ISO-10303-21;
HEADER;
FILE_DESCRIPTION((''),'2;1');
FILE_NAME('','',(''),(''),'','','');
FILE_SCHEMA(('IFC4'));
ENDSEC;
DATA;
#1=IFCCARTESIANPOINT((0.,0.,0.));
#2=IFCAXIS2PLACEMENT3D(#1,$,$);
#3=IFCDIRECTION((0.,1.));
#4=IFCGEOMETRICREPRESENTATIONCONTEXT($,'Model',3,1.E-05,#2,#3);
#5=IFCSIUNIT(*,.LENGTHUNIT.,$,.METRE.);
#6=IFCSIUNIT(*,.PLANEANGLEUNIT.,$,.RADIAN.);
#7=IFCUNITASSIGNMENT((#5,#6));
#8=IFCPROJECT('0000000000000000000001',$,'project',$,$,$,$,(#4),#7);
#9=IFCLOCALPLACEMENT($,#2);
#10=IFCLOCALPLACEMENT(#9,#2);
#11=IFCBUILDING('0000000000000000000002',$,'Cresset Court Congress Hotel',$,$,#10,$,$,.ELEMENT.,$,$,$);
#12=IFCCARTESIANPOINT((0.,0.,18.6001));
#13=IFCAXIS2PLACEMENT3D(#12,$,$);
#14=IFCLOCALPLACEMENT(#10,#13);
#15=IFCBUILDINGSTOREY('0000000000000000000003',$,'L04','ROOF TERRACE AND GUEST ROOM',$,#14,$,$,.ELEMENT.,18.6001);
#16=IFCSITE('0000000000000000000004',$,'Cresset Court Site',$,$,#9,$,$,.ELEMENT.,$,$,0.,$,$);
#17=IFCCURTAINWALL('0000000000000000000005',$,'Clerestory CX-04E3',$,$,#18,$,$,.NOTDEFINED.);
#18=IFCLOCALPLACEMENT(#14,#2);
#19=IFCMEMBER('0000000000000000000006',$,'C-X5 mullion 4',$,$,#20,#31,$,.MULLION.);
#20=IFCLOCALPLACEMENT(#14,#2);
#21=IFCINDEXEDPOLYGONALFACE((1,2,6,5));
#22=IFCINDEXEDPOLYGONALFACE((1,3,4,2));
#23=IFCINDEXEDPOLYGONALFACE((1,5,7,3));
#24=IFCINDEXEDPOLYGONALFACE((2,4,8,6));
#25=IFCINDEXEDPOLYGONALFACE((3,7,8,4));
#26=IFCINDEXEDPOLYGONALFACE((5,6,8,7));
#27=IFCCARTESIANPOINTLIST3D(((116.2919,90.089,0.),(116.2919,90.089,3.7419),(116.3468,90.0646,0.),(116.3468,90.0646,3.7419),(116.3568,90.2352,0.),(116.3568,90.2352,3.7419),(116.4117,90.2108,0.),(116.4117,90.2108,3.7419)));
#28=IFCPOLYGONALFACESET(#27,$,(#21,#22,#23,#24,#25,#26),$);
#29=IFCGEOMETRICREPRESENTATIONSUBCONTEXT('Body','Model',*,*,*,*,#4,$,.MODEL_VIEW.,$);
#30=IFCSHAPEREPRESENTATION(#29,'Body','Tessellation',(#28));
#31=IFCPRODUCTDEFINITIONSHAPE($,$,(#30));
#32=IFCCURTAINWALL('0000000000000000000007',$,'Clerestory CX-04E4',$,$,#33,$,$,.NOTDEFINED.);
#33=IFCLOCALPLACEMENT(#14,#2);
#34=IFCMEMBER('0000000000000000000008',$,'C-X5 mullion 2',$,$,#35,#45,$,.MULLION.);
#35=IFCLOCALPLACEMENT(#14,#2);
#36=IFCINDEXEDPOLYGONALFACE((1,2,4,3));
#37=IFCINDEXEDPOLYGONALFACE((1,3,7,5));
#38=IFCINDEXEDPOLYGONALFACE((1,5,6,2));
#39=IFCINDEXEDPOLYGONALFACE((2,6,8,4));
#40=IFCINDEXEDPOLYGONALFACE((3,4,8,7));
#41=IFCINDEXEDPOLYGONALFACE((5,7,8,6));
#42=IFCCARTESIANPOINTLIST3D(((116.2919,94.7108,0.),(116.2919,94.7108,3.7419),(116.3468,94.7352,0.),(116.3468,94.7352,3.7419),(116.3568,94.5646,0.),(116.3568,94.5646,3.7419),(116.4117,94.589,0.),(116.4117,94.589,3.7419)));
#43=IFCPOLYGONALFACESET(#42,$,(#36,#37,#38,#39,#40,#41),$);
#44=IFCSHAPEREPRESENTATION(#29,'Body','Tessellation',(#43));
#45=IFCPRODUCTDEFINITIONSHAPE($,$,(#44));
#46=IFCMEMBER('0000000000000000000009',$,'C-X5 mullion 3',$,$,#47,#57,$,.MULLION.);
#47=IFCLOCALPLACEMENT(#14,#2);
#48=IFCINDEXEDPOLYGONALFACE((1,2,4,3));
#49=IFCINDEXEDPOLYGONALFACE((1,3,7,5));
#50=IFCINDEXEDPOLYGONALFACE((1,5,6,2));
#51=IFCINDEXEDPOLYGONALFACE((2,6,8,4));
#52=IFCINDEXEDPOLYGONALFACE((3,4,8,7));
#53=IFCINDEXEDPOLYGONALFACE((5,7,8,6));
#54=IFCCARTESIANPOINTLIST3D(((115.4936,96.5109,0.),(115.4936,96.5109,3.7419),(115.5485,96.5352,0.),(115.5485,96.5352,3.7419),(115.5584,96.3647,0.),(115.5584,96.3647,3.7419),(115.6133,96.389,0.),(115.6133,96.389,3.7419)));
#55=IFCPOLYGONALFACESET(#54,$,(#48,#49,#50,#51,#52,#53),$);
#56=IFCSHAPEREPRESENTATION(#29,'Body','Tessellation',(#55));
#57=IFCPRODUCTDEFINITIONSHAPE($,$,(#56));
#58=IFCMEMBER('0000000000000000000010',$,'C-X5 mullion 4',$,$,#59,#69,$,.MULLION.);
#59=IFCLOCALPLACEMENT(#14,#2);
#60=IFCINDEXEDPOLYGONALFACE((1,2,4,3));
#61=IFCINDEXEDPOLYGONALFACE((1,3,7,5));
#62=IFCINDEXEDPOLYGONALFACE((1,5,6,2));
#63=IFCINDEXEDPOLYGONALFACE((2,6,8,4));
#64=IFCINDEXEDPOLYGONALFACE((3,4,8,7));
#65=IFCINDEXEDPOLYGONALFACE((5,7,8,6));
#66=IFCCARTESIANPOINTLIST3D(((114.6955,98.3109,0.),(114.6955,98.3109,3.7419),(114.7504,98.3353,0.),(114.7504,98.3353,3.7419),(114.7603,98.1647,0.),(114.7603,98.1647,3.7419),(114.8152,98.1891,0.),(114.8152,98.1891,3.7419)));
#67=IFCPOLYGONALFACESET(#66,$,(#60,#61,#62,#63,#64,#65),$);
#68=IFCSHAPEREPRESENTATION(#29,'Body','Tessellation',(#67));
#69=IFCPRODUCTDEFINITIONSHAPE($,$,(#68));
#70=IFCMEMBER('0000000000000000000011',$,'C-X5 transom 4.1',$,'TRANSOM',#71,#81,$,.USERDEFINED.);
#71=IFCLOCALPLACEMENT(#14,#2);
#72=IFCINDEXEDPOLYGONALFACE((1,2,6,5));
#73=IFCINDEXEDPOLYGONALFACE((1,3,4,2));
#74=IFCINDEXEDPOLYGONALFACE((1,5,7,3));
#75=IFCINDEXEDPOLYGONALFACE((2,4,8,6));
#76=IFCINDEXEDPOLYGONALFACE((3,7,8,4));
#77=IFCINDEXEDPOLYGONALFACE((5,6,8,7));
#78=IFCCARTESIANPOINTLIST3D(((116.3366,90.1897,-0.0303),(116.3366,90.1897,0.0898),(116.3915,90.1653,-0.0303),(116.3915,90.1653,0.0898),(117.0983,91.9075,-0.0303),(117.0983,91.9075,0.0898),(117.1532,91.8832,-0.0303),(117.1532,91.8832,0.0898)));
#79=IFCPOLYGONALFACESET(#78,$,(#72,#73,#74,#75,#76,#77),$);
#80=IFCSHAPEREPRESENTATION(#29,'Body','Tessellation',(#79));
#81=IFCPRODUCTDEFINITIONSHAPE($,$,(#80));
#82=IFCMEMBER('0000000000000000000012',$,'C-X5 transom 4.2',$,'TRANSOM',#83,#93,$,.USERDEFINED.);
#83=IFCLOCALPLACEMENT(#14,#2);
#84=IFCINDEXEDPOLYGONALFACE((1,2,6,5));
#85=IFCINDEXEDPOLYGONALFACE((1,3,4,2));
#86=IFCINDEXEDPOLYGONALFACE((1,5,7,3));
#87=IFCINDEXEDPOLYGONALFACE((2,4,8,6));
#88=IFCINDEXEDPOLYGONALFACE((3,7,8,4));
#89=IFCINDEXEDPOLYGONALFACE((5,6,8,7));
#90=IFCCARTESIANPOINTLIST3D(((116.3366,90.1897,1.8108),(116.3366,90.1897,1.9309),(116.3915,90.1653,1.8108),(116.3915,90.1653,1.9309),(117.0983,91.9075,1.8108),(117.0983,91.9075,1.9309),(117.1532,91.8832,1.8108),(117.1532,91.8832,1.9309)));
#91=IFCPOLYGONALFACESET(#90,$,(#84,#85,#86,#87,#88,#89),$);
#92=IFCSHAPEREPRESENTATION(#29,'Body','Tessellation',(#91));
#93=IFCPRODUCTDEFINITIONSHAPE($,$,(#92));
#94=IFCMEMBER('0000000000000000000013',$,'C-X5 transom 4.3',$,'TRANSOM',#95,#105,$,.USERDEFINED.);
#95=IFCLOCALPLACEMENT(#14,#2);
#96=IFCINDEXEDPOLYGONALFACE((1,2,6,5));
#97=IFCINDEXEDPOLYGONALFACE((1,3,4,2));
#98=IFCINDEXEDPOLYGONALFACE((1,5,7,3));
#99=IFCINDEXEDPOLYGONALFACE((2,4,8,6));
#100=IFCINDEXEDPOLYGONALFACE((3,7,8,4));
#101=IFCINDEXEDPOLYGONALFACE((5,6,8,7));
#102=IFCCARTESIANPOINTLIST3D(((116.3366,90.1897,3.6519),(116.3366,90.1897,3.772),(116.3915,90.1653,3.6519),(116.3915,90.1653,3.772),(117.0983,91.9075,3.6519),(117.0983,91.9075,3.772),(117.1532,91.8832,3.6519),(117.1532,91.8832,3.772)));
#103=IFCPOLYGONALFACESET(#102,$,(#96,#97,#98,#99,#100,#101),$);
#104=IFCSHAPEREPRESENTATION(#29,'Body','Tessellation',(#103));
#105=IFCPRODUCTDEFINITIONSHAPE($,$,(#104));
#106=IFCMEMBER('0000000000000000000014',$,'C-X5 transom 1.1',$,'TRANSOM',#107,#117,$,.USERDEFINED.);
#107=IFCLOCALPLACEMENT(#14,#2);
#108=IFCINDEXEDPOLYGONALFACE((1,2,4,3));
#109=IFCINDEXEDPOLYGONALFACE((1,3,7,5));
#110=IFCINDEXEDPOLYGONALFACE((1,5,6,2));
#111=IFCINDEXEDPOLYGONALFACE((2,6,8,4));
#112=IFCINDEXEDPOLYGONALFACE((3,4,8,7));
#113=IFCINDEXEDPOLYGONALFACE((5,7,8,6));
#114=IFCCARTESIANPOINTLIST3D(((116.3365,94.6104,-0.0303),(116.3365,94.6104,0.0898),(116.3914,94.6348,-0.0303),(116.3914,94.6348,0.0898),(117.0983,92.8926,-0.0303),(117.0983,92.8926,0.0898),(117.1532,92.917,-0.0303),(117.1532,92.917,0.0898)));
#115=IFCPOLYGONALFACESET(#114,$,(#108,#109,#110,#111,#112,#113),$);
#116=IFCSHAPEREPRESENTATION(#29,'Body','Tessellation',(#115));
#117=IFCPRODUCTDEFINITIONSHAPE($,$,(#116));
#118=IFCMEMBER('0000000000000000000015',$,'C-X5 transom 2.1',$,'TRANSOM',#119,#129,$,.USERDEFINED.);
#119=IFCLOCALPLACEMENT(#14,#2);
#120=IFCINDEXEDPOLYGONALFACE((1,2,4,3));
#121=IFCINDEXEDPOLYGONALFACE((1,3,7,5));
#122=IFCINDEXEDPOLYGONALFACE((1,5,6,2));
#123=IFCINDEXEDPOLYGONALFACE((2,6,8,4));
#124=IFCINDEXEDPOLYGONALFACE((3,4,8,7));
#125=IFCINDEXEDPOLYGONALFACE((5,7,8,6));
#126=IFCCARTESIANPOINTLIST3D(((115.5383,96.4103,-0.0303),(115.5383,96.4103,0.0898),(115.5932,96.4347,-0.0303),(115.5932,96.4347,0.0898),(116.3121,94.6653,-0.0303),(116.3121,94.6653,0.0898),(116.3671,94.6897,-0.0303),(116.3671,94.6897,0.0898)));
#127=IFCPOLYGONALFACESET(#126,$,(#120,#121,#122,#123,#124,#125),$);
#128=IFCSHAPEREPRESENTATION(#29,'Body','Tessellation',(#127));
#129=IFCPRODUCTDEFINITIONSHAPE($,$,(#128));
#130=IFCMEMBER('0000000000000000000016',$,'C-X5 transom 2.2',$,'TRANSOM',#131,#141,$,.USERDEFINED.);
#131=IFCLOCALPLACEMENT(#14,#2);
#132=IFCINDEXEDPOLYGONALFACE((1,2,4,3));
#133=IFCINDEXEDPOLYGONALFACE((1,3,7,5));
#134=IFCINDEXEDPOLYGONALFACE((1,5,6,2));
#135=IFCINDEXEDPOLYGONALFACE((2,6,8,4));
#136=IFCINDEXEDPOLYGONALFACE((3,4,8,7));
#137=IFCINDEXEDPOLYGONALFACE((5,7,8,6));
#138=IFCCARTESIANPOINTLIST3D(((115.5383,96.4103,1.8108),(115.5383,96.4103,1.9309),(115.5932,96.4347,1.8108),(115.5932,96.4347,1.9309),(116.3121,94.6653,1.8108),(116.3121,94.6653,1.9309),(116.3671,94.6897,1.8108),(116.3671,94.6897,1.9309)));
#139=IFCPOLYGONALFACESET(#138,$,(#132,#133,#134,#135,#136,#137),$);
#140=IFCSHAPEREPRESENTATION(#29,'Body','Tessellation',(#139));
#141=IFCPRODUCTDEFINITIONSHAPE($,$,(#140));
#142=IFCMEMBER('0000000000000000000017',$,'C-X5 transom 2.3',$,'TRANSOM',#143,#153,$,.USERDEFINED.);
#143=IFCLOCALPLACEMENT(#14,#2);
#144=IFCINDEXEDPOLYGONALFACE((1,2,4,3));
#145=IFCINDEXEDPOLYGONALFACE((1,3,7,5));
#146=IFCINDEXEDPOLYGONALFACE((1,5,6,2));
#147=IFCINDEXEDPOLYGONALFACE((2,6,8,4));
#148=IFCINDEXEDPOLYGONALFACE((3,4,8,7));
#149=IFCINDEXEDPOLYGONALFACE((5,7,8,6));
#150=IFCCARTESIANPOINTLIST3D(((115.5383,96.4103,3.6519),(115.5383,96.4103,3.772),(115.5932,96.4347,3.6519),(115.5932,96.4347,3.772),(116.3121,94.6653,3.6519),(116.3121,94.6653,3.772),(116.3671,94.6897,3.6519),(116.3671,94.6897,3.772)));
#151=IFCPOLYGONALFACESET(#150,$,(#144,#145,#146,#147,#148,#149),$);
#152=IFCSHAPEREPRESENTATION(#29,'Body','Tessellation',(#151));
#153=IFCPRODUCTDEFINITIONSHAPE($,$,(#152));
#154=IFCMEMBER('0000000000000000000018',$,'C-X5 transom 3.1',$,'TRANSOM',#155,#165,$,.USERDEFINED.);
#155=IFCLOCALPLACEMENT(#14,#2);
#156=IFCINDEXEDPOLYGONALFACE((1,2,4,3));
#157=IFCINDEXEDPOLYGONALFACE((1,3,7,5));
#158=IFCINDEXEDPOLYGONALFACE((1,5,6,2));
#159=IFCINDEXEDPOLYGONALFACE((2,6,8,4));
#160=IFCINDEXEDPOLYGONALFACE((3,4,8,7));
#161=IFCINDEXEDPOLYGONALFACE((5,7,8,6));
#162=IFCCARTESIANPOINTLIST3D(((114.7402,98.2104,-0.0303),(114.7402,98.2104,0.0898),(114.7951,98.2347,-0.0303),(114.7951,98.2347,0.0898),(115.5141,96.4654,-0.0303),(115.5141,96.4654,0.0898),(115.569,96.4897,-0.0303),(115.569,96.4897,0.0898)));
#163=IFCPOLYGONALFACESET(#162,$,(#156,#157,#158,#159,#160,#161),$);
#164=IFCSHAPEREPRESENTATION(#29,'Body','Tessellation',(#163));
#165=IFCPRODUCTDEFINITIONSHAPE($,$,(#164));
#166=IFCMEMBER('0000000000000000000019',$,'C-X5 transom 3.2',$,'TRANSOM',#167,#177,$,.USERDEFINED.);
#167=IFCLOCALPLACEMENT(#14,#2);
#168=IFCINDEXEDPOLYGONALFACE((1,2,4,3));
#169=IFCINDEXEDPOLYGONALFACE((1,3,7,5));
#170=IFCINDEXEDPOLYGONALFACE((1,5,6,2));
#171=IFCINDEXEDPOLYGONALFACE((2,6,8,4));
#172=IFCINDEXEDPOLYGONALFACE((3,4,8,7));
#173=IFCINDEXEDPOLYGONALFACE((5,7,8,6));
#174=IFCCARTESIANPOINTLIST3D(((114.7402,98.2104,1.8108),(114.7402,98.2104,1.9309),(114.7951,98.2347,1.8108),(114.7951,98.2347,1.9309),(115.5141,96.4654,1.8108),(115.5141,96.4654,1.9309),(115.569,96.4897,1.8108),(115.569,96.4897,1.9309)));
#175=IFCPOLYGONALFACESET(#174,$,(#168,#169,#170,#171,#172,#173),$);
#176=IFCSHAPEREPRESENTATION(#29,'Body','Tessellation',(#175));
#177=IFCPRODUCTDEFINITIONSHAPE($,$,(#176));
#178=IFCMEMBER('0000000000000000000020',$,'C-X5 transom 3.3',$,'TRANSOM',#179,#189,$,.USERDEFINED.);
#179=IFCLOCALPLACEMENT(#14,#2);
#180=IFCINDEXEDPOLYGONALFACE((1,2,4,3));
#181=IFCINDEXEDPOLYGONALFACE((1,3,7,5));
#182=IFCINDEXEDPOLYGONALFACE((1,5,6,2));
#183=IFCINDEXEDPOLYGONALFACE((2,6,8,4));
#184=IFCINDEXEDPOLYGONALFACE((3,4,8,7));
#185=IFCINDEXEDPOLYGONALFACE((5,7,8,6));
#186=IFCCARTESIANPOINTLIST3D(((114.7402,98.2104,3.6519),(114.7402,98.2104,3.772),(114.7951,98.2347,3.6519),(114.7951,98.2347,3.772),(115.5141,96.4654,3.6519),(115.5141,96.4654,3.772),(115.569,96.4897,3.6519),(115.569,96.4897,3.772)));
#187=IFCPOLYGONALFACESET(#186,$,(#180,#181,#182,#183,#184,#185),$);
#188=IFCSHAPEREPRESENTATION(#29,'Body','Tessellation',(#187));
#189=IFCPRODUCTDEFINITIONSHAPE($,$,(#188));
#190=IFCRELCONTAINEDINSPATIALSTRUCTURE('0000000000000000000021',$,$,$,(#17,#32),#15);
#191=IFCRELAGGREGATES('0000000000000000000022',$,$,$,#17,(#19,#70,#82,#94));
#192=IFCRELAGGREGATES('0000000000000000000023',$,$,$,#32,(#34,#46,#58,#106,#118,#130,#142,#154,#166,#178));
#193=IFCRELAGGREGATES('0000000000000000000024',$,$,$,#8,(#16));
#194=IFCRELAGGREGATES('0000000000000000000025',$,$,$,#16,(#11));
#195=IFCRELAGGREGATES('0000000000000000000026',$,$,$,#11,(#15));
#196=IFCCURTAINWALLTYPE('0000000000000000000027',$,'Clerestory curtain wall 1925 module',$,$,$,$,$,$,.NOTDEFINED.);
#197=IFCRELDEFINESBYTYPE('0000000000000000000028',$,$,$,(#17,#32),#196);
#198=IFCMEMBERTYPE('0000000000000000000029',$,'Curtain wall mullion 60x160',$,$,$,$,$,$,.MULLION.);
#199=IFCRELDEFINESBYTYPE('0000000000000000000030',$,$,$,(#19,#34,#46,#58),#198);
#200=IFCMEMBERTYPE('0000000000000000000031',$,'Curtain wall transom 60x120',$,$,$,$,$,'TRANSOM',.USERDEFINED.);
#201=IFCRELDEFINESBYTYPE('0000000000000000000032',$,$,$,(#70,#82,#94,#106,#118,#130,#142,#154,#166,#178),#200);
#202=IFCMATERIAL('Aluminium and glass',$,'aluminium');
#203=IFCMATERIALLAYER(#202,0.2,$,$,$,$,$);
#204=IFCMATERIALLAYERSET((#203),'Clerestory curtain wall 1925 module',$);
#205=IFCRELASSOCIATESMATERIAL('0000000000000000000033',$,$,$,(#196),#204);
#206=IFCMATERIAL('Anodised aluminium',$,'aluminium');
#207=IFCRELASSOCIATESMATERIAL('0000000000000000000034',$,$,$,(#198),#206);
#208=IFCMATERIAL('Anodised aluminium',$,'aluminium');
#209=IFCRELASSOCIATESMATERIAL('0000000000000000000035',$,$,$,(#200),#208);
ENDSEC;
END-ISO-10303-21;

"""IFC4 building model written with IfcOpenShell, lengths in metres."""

from ifc_helpers import new_model, si_unit, direction, frame, origin, origin_2d, place, context, subcontext, project, spatial, rectangle, extrude, material, layer, layer_set, material_profile, profile_set, type_object, element, aggregate, save


model = new_model("IFC4")

# Units and contexts
model_context = context("Model", 3, precision=1e-05, world=origin(), true_north=direction((0.0, 1.0)))
body_context = subcontext(model_context, "Body", "Model", "MODEL_VIEW")
ifc_project = project(units=[si_unit("LENGTHUNIT", "METRE"), si_unit("PLANEANGLEUNIT", "RADIAN")], contexts=[model_context])

# Site, building, storey
site_placement = place(None, origin())
site = spatial("IfcSite", under=ifc_project, at=site_placement, Name="Cresset Court Site", CompositionType="ELEMENT", RefElevation=0.0)
building_placement = place(site_placement, origin())
building = spatial("IfcBuilding", under=site, at=building_placement, Name="Cresset Court Congress Hotel", CompositionType="ELEMENT")
storey_placement = place(building_placement, frame((0.0, 0.0, 18.6001)))
storey = spatial("IfcBuildingStorey", under=building, at=storey_placement, Name="L04", Description="ROOF TERRACE AND GUEST ROOM", CompositionType="ELEMENT", Elevation=18.6001)

# Curtain wall, member
ifc_material_1 = material(Name="Aluminium and glass", Category="aluminium")
ifc_layer_1 = layer(ifc_material_1, 0.2)
ifc_layer_set_1 = layer_set([ifc_layer_1], Name="Clerestory curtain wall 1925 module")
curtain_wall_type = type_object("IfcCurtainWallType", Name="Clerestory curtain wall 1925 module", PredefinedType="NOTDEFINED", material=ifc_layer_set_1)
curtain_wall_1_placement = place(storey_placement, origin())
curtain_wall_1 = element("IfcCurtainWall", 1, at=curtain_wall_1_placement, inside=storey, type_object=curtain_wall_type, Name="Clerestory CX-04E3", PredefinedType="NOTDEFINED")
ifc_material_2 = material(Name="Anodised aluminium", Category="aluminium")
ifc_material_profile_1 = material_profile(ifc_material_2, rectangle(XDim=0.0601, YDim=0.1599, at=origin_2d()), Name="AL60x160")
ifc_profile_set_1 = profile_set([ifc_material_profile_1], Name="Anodised aluminium")
member_type_1 = type_object("IfcMemberType", Name="Curtain wall mullion 60x160", PredefinedType="MULLION", material=ifc_profile_set_1)
member_1_placement = place(storey_placement, frame((116.3518, 90.1499, 0.0), z_axis=(0.0, 0.0, 1.0), x_axis=(-0.914148, 0.405381, 0.0)))
member_1 = element("IfcMember", 2, at=member_1_placement, type_object=member_type_1, Name="C-X5 mullion 4", PredefinedType="MULLION", context=body_context, shape_type="SweptSolid", body=[
    extrude(rectangle(XDim=0.0601, YDim=0.1599, at=origin_2d()), origin(), (0.0, 0.0, 1.0), 3.7419),
])

# Curtain wall, members
curtain_wall_2_placement = place(storey_placement, origin())
curtain_wall_2 = element("IfcCurtainWall", 3, at=curtain_wall_2_placement, inside=storey, type_object=curtain_wall_type, Name="Clerestory CX-04E4", PredefinedType="NOTDEFINED")
member_2_placement = place(storey_placement, frame((116.3518, 94.6499, 0.0), z_axis=(0.0, 0.0, 1.0), x_axis=(-0.914148, -0.405381, 0.0)))
member_2 = element("IfcMember", 4, at=member_2_placement, type_object=member_type_1, Name="C-X5 mullion 2", PredefinedType="MULLION", context=body_context, shape_type="SweptSolid", body=[
    extrude(rectangle(XDim=0.0601, YDim=0.1599, at=origin_2d()), origin(), (0.0, 0.0, 1.0), 3.7419),
])
member_3_placement = place(storey_placement, frame((115.5535, 96.45, 0.0), z_axis=(0.0, 0.0, 1.0), x_axis=(-0.914148, -0.405381, 0.0)))
member_3 = element("IfcMember", 5, at=member_3_placement, type_object=member_type_1, Name="C-X5 mullion 3", PredefinedType="MULLION", context=body_context, shape_type="SweptSolid", body=[
    extrude(rectangle(XDim=0.0601, YDim=0.1599, at=origin_2d()), origin(), (0.0, 0.0, 1.0), 3.7419),
])
member_4_placement = place(storey_placement, frame((114.7554, 98.25, 0.0), z_axis=(0.0, 0.0, 1.0), x_axis=(-0.914148, -0.405381, 0.0)))
member_4 = element("IfcMember", 6, at=member_4_placement, type_object=member_type_1, Name="C-X5 mullion 4", PredefinedType="MULLION", context=body_context, shape_type="SweptSolid", body=[
    extrude(rectangle(XDim=0.0601, YDim=0.1599, at=origin_2d()), origin(), (0.0, 0.0, 1.0), 3.7419),
])

# Members
ifc_material_3 = material(Name="Anodised aluminium", Category="aluminium")
ifc_material_profile_2 = material_profile(ifc_material_3, rectangle(XDim=0.0601, YDim=0.1201, at=origin_2d()), Name="AL60x120")
ifc_profile_set_2 = profile_set([ifc_material_profile_2], Name="Anodised aluminium")
member_type_2 = type_object("IfcMemberType", Name="Curtain wall transom 60x120", ElementType="TRANSOM", PredefinedType="USERDEFINED", material=ifc_profile_set_2)
member_5_placement = place(storey_placement, frame((116.364, 90.1775, 0.0298), z_axis=(0.405367, 0.914154, 0.0), x_axis=(-0.914154, 0.405367, 0.0)))
member_5 = element("IfcMember", 7, at=member_5_placement, type_object=member_type_2, Name="C-X5 transom 4.1", ObjectType="TRANSOM", PredefinedType="USERDEFINED", context=body_context, shape_type="SweptSolid", body=[
    extrude(rectangle(XDim=0.0601, YDim=0.1201, at=origin_2d()), origin(), (0.0, 0.0, 1.0), 1.8792),
])
member_6_placement = place(storey_placement, frame((116.364, 90.1775, 1.8708), z_axis=(0.405367, 0.914154, 0.0), x_axis=(-0.914154, 0.405367, 0.0)))
member_6 = element("IfcMember", 8, at=member_6_placement, type_object=member_type_2, Name="C-X5 transom 4.2", ObjectType="TRANSOM", PredefinedType="USERDEFINED", context=body_context, shape_type="SweptSolid", body=[
    extrude(rectangle(XDim=0.0601, YDim=0.1201, at=origin_2d()), origin(), (0.0, 0.0, 1.0), 1.8792),
])
member_7_placement = place(storey_placement, frame((116.364, 90.1775, 3.7119), z_axis=(0.405367, 0.914154, 0.0), x_axis=(-0.914154, 0.405367, 0.0)))
member_7 = element("IfcMember", 9, at=member_7_placement, type_object=member_type_2, Name="C-X5 transom 4.3", ObjectType="TRANSOM", PredefinedType="USERDEFINED", context=body_context, shape_type="SweptSolid", body=[
    extrude(rectangle(XDim=0.0601, YDim=0.1201, at=origin_2d()), origin(), (0.0, 0.0, 1.0), 1.8792),
])
member_8_placement = place(storey_placement, frame((117.1257, 92.9048, 0.0298), z_axis=(-0.405367, 0.914154, 0.0), x_axis=(-0.914154, -0.405367, 0.0)))
member_8 = element("IfcMember", 10, at=member_8_placement, type_object=member_type_2, Name="C-X5 transom 1.1", ObjectType="TRANSOM", PredefinedType="USERDEFINED", context=body_context, shape_type="SweptSolid", body=[
    extrude(rectangle(XDim=0.0601, YDim=0.1201, at=origin_2d()), origin(), (0.0, 0.0, 1.0), 1.8792),
])
member_9_placement = place(storey_placement, frame((116.3396, 94.6775, 0.0298), z_axis=(-0.405403, 0.914138, 0.0), x_axis=(-0.914138, -0.405403, 0.0)))
member_9 = element("IfcMember", 11, at=member_9_placement, type_object=member_type_2, Name="C-X5 transom 2.1", ObjectType="TRANSOM", PredefinedType="USERDEFINED", context=body_context, shape_type="SweptSolid", body=[
    extrude(rectangle(XDim=0.0601, YDim=0.1201, at=origin_2d()), origin(), (0.0, 0.0, 1.0), 1.9089),
])
member_10_placement = place(storey_placement, frame((116.3396, 94.6775, 1.8708), z_axis=(-0.405403, 0.914138, 0.0), x_axis=(-0.914138, -0.405403, 0.0)))
member_10 = element("IfcMember", 12, at=member_10_placement, type_object=member_type_2, Name="C-X5 transom 2.2", ObjectType="TRANSOM", PredefinedType="USERDEFINED", context=body_context, shape_type="SweptSolid", body=[
    extrude(rectangle(XDim=0.0601, YDim=0.1201, at=origin_2d()), origin(), (0.0, 0.0, 1.0), 1.9089),
])
member_11_placement = place(storey_placement, frame((116.3396, 94.6775, 3.7119), z_axis=(-0.405403, 0.914138, 0.0), x_axis=(-0.914138, -0.405403, 0.0)))
member_11 = element("IfcMember", 13, at=member_11_placement, type_object=member_type_2, Name="C-X5 transom 2.3", ObjectType="TRANSOM", PredefinedType="USERDEFINED", context=body_context, shape_type="SweptSolid", body=[
    extrude(rectangle(XDim=0.0601, YDim=0.1201, at=origin_2d()), origin(), (0.0, 0.0, 1.0), 1.9089),
])
member_12_placement = place(storey_placement, frame((115.5415, 96.4775, 0.0298), z_axis=(-0.405403, 0.914138, 0.0), x_axis=(-0.914138, -0.405403, 0.0)))
member_12 = element("IfcMember", 14, at=member_12_placement, type_object=member_type_2, Name="C-X5 transom 3.1", ObjectType="TRANSOM", PredefinedType="USERDEFINED", context=body_context, shape_type="SweptSolid", body=[
    extrude(rectangle(XDim=0.0601, YDim=0.1201, at=origin_2d()), origin(), (0.0, 0.0, 1.0), 1.9089),
])
member_13_placement = place(storey_placement, frame((115.5415, 96.4775, 1.8708), z_axis=(-0.405403, 0.914138, 0.0), x_axis=(-0.914138, -0.405403, 0.0)))
member_13 = element("IfcMember", 15, at=member_13_placement, type_object=member_type_2, Name="C-X5 transom 3.2", ObjectType="TRANSOM", PredefinedType="USERDEFINED", context=body_context, shape_type="SweptSolid", body=[
    extrude(rectangle(XDim=0.0601, YDim=0.1201, at=origin_2d()), origin(), (0.0, 0.0, 1.0), 1.9089),
])
member_14_placement = place(storey_placement, frame((115.5415, 96.4775, 3.7119), z_axis=(-0.405403, 0.914138, 0.0), x_axis=(-0.914138, -0.405403, 0.0)))
member_14 = element("IfcMember", 16, at=member_14_placement, type_object=member_type_2, Name="C-X5 transom 3.3", ObjectType="TRANSOM", PredefinedType="USERDEFINED", context=body_context, shape_type="SweptSolid", body=[
    extrude(rectangle(XDim=0.0601, YDim=0.1201, at=origin_2d()), origin(), (0.0, 0.0, 1.0), 1.9089),
])

aggregate(curtain_wall_1, [member_1, member_5, member_6, member_7])
aggregate(curtain_wall_2, [member_2, member_3, member_4, member_8, member_9, member_10, member_11, member_12, member_13, member_14])

save(model, "model.ifc")
